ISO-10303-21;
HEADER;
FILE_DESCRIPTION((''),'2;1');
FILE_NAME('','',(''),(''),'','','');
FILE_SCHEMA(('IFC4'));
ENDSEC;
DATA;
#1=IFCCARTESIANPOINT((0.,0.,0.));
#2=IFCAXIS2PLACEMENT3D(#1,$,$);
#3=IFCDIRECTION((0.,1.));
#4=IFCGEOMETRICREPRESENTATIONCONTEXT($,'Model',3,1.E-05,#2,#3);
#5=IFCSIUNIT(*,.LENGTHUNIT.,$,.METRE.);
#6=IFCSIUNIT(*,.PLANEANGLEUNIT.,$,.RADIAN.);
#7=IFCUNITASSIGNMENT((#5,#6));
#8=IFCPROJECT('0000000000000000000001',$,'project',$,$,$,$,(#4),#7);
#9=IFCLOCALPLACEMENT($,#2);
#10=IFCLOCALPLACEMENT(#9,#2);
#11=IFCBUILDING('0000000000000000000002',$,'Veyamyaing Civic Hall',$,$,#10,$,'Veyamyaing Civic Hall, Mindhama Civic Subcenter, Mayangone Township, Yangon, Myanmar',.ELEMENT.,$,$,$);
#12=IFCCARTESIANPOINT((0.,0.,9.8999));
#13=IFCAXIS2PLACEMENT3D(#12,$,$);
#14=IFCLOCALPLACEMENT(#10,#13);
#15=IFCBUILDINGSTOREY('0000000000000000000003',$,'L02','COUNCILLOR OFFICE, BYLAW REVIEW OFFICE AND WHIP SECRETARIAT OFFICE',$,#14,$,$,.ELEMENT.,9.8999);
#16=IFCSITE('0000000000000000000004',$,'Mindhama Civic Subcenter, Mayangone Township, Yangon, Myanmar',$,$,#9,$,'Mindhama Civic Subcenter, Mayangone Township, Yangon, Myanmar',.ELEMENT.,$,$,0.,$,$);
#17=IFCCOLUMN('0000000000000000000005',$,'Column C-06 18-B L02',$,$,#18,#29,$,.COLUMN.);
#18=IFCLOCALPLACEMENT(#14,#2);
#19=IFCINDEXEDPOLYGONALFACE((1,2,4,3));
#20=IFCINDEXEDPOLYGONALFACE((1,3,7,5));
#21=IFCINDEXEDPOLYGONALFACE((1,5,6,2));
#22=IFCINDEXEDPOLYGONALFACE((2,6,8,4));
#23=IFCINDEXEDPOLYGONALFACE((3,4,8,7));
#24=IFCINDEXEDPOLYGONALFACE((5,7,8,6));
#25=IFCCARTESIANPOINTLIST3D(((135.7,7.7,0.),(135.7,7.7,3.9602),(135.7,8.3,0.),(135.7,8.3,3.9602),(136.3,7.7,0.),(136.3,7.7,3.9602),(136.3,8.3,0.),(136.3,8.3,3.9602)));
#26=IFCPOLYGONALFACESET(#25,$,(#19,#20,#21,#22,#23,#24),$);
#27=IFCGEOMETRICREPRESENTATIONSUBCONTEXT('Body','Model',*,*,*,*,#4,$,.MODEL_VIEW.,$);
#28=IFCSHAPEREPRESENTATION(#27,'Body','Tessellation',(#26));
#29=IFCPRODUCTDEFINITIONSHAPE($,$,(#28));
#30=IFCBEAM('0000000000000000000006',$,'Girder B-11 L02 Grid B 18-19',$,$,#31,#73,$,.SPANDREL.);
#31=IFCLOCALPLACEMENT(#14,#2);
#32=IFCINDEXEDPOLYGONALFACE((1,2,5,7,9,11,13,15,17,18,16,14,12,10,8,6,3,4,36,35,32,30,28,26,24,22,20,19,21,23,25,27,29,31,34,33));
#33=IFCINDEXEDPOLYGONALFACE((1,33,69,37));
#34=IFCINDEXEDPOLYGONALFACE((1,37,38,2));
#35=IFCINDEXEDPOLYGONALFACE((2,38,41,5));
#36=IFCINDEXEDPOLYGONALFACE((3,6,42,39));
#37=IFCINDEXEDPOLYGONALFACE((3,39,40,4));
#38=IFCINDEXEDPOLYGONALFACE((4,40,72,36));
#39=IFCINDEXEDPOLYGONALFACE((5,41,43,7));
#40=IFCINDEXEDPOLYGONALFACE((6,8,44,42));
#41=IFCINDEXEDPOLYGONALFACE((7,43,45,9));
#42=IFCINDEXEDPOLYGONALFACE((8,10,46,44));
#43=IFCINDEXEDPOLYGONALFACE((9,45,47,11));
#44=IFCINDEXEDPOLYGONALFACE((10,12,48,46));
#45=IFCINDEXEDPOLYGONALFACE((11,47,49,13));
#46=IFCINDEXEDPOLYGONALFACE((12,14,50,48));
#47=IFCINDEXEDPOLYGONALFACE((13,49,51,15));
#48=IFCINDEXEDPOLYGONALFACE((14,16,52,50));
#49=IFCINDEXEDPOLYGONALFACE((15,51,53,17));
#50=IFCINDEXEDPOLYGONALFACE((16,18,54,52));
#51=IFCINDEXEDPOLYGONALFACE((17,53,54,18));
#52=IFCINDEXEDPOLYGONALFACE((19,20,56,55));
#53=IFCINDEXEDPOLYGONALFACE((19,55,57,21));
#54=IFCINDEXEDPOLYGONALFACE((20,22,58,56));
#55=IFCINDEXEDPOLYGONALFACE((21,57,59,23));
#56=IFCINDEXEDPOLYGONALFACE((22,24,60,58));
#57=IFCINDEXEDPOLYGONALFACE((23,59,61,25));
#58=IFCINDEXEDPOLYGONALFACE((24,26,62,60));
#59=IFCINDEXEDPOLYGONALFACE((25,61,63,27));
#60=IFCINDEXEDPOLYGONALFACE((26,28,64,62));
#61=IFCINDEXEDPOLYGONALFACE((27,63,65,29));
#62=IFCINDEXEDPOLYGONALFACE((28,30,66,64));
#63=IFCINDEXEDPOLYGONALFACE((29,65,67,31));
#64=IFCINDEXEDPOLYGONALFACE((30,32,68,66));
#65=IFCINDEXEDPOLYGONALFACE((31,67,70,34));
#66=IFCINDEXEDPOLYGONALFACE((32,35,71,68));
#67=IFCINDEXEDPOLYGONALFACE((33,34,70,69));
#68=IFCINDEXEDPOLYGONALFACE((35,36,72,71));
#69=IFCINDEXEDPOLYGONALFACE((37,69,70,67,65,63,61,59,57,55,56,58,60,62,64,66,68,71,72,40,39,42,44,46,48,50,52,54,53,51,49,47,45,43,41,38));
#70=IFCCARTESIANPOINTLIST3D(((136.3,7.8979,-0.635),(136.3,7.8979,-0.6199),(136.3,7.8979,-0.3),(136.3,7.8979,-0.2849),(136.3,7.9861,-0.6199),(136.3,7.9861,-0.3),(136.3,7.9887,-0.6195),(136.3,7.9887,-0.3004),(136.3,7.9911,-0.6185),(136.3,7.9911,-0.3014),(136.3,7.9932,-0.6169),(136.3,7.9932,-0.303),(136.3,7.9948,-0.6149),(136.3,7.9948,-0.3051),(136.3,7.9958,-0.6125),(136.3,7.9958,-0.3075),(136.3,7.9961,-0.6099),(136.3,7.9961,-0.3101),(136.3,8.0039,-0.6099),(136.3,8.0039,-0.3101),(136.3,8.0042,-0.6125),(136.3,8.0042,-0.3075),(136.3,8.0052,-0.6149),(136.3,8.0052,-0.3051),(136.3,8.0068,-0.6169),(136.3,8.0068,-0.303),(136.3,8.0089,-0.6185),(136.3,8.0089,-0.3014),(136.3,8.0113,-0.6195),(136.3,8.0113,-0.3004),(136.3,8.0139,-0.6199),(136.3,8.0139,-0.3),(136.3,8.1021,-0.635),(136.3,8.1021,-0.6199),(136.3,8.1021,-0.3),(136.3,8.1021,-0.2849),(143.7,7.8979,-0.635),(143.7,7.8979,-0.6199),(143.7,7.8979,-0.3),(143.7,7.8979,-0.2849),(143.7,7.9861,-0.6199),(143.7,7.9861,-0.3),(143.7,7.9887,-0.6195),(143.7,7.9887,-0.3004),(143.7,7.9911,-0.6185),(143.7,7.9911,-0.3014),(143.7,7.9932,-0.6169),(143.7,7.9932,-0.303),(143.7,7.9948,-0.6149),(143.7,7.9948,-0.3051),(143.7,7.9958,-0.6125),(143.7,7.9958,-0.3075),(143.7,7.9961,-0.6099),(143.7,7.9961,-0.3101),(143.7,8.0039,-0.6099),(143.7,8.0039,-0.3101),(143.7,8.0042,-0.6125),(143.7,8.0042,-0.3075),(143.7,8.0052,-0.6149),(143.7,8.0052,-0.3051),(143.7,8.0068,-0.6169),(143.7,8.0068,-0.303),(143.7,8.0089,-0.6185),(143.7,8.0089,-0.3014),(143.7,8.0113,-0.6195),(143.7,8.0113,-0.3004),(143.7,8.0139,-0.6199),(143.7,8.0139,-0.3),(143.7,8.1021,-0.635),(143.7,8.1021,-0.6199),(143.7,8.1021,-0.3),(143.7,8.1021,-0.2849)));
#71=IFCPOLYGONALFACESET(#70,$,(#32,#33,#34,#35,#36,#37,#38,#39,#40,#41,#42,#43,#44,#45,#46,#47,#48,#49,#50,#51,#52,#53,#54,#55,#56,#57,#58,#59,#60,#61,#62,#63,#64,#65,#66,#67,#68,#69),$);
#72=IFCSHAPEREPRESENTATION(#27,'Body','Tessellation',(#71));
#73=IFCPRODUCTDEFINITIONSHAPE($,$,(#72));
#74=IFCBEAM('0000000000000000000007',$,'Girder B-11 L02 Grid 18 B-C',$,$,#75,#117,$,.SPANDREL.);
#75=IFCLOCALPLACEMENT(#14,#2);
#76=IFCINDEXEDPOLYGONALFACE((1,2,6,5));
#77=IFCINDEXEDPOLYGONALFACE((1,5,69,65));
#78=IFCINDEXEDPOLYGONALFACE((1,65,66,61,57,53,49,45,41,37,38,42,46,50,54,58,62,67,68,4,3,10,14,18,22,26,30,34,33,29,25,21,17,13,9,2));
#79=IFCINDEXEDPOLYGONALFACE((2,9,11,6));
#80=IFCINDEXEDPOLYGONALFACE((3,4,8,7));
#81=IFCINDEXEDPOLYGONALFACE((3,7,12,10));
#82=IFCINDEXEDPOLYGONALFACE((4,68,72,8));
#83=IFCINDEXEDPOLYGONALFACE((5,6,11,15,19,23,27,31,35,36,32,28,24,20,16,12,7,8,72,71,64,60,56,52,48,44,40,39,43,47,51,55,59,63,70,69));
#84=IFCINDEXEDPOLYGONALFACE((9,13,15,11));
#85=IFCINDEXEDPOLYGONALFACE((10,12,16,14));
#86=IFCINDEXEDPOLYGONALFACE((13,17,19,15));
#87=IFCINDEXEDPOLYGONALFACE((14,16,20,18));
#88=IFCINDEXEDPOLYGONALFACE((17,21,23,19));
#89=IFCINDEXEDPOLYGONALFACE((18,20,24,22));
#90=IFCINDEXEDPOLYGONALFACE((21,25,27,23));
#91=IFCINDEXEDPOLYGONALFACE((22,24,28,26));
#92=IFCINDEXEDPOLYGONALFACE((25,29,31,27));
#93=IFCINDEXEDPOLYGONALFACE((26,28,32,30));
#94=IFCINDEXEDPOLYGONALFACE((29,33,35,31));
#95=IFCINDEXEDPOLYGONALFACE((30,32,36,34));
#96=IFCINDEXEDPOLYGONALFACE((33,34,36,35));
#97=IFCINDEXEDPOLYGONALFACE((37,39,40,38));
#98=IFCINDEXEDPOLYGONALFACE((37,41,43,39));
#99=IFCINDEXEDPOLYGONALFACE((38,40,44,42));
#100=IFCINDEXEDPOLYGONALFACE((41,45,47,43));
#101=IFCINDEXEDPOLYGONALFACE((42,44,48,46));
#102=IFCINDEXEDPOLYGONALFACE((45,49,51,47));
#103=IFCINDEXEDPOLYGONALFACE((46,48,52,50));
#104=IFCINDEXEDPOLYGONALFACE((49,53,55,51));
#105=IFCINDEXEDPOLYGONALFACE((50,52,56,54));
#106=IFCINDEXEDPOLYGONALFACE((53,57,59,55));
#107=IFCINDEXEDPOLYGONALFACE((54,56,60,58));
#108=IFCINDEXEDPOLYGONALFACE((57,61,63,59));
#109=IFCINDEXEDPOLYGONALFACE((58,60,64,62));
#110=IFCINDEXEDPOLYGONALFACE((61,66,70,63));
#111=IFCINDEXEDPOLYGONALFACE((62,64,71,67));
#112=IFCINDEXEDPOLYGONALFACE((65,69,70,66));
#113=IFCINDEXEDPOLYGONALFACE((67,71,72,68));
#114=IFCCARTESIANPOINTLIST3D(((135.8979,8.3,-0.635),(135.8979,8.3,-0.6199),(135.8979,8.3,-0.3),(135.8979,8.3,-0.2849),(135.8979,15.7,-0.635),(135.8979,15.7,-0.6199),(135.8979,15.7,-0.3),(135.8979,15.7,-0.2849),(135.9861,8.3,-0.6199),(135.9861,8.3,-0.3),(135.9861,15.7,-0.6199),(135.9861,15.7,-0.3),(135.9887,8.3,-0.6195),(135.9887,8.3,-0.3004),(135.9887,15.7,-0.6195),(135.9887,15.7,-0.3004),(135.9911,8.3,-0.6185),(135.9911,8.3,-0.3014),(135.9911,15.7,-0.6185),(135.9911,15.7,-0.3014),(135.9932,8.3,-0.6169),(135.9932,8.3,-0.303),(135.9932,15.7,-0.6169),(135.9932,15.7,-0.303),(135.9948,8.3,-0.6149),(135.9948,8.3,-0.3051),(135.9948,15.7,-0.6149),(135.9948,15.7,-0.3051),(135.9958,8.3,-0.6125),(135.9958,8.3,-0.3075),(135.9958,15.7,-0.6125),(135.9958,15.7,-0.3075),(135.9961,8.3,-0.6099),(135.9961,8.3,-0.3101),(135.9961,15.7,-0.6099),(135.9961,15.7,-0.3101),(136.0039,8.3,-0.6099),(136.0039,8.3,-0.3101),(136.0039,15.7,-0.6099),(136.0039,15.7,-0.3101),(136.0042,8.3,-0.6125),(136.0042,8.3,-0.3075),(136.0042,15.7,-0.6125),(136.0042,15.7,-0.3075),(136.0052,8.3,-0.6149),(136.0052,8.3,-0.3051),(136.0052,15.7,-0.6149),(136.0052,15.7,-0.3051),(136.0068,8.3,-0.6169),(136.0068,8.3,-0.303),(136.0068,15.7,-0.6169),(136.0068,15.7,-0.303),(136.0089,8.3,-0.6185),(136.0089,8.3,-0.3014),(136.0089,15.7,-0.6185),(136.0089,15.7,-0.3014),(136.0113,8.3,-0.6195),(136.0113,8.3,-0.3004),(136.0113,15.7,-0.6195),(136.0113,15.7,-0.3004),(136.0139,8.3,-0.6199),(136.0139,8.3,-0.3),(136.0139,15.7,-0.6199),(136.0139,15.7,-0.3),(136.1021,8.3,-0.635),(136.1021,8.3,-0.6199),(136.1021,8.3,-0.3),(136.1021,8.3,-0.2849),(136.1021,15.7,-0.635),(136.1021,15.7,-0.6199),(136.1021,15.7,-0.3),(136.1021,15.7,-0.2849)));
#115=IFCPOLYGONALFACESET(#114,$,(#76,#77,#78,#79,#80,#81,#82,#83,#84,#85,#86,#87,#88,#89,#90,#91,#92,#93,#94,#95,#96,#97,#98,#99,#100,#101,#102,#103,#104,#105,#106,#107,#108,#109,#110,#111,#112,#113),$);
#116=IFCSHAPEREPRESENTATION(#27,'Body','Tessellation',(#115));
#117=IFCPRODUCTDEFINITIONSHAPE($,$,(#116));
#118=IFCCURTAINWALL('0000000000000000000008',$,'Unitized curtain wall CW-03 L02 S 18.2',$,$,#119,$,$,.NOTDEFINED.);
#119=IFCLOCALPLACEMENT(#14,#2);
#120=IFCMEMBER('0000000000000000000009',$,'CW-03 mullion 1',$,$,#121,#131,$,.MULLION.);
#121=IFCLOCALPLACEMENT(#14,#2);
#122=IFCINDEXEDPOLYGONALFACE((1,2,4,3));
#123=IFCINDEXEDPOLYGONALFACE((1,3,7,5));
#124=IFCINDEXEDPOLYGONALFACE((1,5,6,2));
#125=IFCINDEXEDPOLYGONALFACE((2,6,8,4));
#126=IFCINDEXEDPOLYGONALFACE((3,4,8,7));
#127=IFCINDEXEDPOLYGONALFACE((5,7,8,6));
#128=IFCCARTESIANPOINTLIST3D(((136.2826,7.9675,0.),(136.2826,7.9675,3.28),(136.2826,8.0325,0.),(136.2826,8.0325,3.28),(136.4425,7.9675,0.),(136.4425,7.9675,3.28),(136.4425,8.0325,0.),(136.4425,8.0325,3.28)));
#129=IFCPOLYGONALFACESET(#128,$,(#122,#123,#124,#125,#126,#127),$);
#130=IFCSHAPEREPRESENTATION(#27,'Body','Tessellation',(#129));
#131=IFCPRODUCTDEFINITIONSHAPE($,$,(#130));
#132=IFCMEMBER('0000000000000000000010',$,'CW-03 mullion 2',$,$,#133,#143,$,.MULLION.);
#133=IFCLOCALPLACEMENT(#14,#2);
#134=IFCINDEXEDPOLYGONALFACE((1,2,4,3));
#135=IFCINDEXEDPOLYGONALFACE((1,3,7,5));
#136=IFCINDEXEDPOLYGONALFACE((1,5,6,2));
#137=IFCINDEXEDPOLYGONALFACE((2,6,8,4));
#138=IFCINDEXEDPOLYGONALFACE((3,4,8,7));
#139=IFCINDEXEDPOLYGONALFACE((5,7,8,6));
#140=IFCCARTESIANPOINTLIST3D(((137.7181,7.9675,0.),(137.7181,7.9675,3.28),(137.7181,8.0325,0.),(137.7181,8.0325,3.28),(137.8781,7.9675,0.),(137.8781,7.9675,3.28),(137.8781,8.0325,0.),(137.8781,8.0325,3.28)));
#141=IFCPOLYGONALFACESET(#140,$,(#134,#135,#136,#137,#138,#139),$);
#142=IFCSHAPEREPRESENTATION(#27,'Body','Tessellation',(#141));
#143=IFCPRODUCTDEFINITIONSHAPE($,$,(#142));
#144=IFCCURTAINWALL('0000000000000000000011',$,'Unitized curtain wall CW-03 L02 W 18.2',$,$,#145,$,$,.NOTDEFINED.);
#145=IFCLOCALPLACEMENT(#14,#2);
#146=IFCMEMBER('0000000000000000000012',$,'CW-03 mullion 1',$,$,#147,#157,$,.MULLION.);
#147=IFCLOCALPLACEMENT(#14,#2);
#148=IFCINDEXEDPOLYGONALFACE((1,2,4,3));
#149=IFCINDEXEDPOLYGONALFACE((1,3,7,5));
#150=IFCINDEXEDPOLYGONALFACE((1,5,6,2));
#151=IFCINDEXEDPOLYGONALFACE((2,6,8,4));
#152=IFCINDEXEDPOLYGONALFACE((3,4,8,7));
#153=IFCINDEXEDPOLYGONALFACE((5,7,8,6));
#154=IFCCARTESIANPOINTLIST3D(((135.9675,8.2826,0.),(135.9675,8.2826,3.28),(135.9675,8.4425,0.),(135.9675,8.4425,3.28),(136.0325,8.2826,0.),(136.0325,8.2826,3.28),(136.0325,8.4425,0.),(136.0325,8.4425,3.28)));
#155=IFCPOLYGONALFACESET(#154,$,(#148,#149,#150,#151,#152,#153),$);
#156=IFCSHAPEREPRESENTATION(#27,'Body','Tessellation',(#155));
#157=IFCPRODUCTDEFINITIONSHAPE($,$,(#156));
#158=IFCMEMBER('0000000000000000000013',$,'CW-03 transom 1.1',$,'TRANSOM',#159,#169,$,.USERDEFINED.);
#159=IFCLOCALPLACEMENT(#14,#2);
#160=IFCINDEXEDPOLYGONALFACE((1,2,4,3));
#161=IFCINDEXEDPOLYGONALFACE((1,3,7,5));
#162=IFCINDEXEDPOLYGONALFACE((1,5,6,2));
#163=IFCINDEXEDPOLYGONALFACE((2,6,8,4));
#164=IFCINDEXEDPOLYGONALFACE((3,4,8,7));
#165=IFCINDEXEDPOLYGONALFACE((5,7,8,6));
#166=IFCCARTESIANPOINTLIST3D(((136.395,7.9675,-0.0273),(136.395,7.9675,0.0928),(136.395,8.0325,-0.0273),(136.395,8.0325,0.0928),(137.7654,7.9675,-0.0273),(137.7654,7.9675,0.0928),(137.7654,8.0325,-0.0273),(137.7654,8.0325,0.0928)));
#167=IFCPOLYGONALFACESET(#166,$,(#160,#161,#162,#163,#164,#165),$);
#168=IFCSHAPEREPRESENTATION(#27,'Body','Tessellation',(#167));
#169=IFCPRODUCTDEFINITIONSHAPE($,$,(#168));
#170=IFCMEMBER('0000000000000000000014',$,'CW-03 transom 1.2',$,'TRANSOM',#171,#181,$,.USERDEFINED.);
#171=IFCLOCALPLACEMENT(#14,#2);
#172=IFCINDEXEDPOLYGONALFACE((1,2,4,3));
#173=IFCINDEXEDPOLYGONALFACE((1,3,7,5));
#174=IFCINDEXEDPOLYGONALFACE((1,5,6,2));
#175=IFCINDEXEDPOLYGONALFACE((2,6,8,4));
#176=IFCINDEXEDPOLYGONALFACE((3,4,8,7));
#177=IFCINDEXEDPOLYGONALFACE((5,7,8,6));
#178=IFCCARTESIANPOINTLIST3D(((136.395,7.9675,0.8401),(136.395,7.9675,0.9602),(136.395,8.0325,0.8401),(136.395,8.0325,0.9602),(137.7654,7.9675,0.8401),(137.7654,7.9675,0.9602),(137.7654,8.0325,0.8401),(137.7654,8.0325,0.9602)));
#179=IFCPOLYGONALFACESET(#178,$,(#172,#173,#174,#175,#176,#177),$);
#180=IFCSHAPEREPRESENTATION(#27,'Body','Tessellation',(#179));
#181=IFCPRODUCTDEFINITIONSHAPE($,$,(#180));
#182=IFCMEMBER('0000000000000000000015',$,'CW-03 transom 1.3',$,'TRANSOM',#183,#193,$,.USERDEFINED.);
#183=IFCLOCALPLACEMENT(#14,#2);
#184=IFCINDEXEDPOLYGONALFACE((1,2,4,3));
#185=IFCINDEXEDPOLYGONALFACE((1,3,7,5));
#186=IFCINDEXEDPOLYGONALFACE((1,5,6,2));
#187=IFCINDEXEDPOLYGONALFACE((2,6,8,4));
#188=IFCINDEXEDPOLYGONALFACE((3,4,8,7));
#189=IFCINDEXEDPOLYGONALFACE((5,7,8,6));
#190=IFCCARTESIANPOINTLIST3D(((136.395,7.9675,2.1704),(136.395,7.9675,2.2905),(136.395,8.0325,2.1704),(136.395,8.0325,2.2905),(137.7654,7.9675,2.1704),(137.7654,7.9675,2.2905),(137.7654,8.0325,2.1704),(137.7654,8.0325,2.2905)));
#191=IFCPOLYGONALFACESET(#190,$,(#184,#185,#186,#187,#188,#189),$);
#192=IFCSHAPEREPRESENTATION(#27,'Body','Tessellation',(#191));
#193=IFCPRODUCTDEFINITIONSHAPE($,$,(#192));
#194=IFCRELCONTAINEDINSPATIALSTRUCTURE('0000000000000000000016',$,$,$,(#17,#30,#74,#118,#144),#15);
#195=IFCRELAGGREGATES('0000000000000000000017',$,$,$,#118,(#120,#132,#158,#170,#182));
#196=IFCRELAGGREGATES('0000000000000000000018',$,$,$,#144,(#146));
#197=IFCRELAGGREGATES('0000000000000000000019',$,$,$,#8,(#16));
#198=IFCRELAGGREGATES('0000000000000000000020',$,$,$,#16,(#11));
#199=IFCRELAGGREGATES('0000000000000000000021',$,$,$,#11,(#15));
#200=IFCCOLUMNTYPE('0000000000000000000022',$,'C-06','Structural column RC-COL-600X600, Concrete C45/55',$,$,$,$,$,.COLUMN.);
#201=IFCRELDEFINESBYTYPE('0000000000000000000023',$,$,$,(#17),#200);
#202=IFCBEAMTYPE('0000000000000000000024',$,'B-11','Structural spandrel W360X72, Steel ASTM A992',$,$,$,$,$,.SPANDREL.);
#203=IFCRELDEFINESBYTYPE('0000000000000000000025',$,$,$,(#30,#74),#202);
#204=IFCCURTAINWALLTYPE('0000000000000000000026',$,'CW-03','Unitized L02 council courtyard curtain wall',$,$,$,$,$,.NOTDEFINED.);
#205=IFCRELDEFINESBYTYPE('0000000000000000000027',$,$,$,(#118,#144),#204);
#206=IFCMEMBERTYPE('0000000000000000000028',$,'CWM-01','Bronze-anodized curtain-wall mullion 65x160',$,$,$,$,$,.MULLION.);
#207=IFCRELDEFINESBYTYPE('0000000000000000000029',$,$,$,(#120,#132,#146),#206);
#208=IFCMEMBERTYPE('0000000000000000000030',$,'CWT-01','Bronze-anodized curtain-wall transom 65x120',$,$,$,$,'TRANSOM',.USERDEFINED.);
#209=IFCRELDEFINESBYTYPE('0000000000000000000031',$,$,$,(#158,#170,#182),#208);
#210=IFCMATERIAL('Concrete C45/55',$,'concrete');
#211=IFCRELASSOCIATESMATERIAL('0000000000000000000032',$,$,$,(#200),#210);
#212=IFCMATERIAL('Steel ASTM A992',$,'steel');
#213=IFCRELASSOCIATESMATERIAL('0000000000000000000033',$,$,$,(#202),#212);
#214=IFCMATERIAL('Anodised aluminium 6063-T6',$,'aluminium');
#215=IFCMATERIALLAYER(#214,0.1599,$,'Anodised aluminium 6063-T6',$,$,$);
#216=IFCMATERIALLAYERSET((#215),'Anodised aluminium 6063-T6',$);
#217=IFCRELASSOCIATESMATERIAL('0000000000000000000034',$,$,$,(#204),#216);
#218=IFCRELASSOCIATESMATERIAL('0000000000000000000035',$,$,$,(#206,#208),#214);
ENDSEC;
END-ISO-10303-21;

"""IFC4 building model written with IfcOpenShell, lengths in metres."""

from ifc_helpers import new_model, si_unit, direction, frame, origin, origin_2d, place, context, subcontext, project, spatial, rectangle, i_section, extrude, material, layer, layer_set, material_profile, profile_set, type_object, element, aggregate, save


model = new_model("IFC4")

# Units and contexts
model_context = context("Model", 3, precision=1e-05, world=origin(), true_north=direction((0.0, 1.0)))
body_context = subcontext(model_context, "Body", "Model", "MODEL_VIEW")
ifc_project = project(units=[si_unit("LENGTHUNIT", "METRE"), si_unit("PLANEANGLEUNIT", "RADIAN")], contexts=[model_context])

# Site, building, storey
site_placement = place(None, origin())
site = spatial("IfcSite", under=ifc_project, at=site_placement, Name="Mindhama Civic Subcenter, Mayangone Township, Yangon, Myanmar", LongName="Mindhama Civic Subcenter, Mayangone Township, Yangon, Myanmar", CompositionType="ELEMENT", RefElevation=0.0)
building_placement = place(site_placement, origin())
building = spatial("IfcBuilding", under=site, at=building_placement, Name="Veyamyaing Civic Hall", LongName="Veyamyaing Civic Hall, Mindhama Civic Subcenter, Mayangone Township, Yangon, Myanmar", CompositionType="ELEMENT")
storey_placement = place(building_placement, frame((0.0, 0.0, 9.8999)))
storey = spatial("IfcBuildingStorey", under=building, at=storey_placement, Name="L02", Description="COUNCILLOR OFFICE, BYLAW REVIEW OFFICE AND WHIP SECRETARIAT OFFICE", CompositionType="ELEMENT", Elevation=9.8999)

# Column
ifc_material_1 = material(Name="Concrete C45/55", Category="concrete")
ifc_material_profile_1 = material_profile(ifc_material_1, rectangle(XDim=0.6001, YDim=0.6001, at=origin_2d()), Name="RC-COL-600X600")
ifc_profile_set_1 = profile_set([ifc_material_profile_1], Name="Concrete C45/55")
column_type = type_object("IfcColumnType", Name="C-06", Description="Structural column RC-COL-600X600, Concrete C45/55", PredefinedType="COLUMN", material=ifc_profile_set_1)
column_placement = place(storey_placement, frame((136.0, 8.0, 0.0), z_axis=(0.0, 0.0, 1.0), x_axis=(1.0, 0.0, 0.0)))
element("IfcColumn", 1, at=column_placement, inside=storey, type_object=column_type, Name="Column C-06 18-B L02", PredefinedType="COLUMN", context=body_context, shape_type="SweptSolid", body=[
    extrude(rectangle(XDim=0.6001, YDim=0.6001, at=origin_2d()), origin(), (0.0, 0.0, 1.0), 3.9602),
])

# Beams
ifc_material_2 = material(Name="Steel ASTM A992", Category="steel")
ifc_material_profile_2 = material_profile(ifc_material_2, i_section(OverallWidth=0.2041, OverallDepth=0.3501, WebThickness=0.0078, FlangeThickness=0.0151, FilletRadius=0.01, at=origin_2d()), Name="W360X72")
ifc_profile_set_2 = profile_set([ifc_material_profile_2], Name="Steel ASTM A992")
beam_type = type_object("IfcBeamType", Name="B-11", Description="Structural spandrel W360X72, Steel ASTM A992", PredefinedType="SPANDREL", material=ifc_profile_set_2)
for number, where, z_axis, x_axis, name in (
    (2, (136.3, 8.0, -0.46), (1.0, 0.0, 0.0), (0.0, 1.0, 0.0), "Girder B-11 L02 Grid B 18-19"),
    (3, (136.0, 8.3, -0.46), (0.0, 1.0, 0.0), (-1.0, 0.0, 0.0), "Girder B-11 L02 Grid 18 B-C"),
):
    element("IfcBeam", number, at=place(storey_placement, frame(where, z_axis=z_axis, x_axis=x_axis)), inside=storey, type_object=beam_type, Name=name, PredefinedType="SPANDREL", context=body_context, shape_type="SweptSolid", body=[
        extrude(i_section(OverallWidth=0.2041, OverallDepth=0.3501, WebThickness=0.0078, FlangeThickness=0.0151, FilletRadius=0.01, at=origin_2d()), origin(), (0.0, 0.0, 1.0), 7.3999),
    ])

# Curtain wall, members
ifc_material_3 = material(Name="Anodised aluminium 6063-T6", Category="aluminium")
ifc_layer_1 = layer(ifc_material_3, 0.1599, Name="Anodised aluminium 6063-T6")
ifc_layer_set_1 = layer_set([ifc_layer_1], Name="Anodised aluminium 6063-T6")
curtain_wall_type = type_object("IfcCurtainWallType", Name="CW-03", Description="Unitized L02 council courtyard curtain wall", PredefinedType="NOTDEFINED", material=ifc_layer_set_1)
curtain_wall_1_placement = place(storey_placement, origin())
curtain_wall_1 = element("IfcCurtainWall", 4, at=curtain_wall_1_placement, inside=storey, type_object=curtain_wall_type, Name="Unitized curtain wall CW-03 L02 S 18.2", PredefinedType="NOTDEFINED")
ifc_material_profile_3 = material_profile(ifc_material_3, rectangle(XDim=0.0649, YDim=0.1599, at=origin_2d()), Name="ALU-MUL-65X160")
ifc_profile_set_3 = profile_set([ifc_material_profile_3], Name="Anodised aluminium 6063-T6")
member_type_1 = type_object("IfcMemberType", Name="CWM-01", Description="Bronze-anodized curtain-wall mullion 65x160", PredefinedType="MULLION", material=ifc_profile_set_3)
member_1_placement = place(storey_placement, frame((136.3625, 8.0, 0.0), z_axis=(0.0, 0.0, 1.0), x_axis=(0.0, 1.0, 0.0)))
member_1 = element("IfcMember", 5, at=member_1_placement, type_object=member_type_1, Name="CW-03 mullion 1", PredefinedType="MULLION", context=body_context, shape_type="SweptSolid", body=[
    extrude(rectangle(XDim=0.0649, YDim=0.1599, at=origin_2d()), origin(), (0.0, 0.0, 1.0), 3.28),
])
member_2_placement = place(storey_placement, frame((137.7981, 8.0, 0.0), z_axis=(0.0, 0.0, 1.0), x_axis=(0.0, 1.0, 0.0)))
member_2 = element("IfcMember", 6, at=member_2_placement, type_object=member_type_1, Name="CW-03 mullion 2", PredefinedType="MULLION", context=body_context, shape_type="SweptSolid", body=[
    extrude(rectangle(XDim=0.0649, YDim=0.1599, at=origin_2d()), origin(), (0.0, 0.0, 1.0), 3.28),
])

# Curtain wall, member
curtain_wall_2_placement = place(storey_placement, origin())
curtain_wall_2 = element("IfcCurtainWall", 7, at=curtain_wall_2_placement, inside=storey, type_object=curtain_wall_type, Name="Unitized curtain wall CW-03 L02 W 18.2", PredefinedType="NOTDEFINED")
member_3_placement = place(storey_placement, frame((136.0, 8.3625, 0.0), z_axis=(0.0, 0.0, 1.0), x_axis=(-1.0, 0.0, 0.0)))
member_3 = element("IfcMember", 8, at=member_3_placement, type_object=member_type_1, Name="CW-03 mullion 1", PredefinedType="MULLION", context=body_context, shape_type="SweptSolid", body=[
    extrude(rectangle(XDim=0.0649, YDim=0.1599, at=origin_2d()), origin(), (0.0, 0.0, 1.0), 3.28),
])

# Members
ifc_material_profile_4 = material_profile(ifc_material_3, rectangle(XDim=0.0649, YDim=0.1201, at=origin_2d()), Name="ALU-TRN-65X120")
ifc_profile_set_4 = profile_set([ifc_material_profile_4], Name="Anodised aluminium 6063-T6")
member_type_2 = type_object("IfcMemberType", Name="CWT-01", Description="Bronze-anodized curtain-wall transom 65x120", ElementType="TRANSOM", PredefinedType="USERDEFINED", material=ifc_profile_set_4)
member_4_placement = place(storey_placement, frame((136.395, 8.0, 0.0327), z_axis=(1.0, 0.0, 0.0), x_axis=(0.0, 1.0, 0.0)))
member_4 = element("IfcMember", 9, at=member_4_placement, type_object=member_type_2, Name="CW-03 transom 1.1", ObjectType="TRANSOM", PredefinedType="USERDEFINED", context=body_context, shape_type="SweptSolid", body=[
    extrude(rectangle(XDim=0.0649, YDim=0.1201, at=origin_2d()), origin(), (0.0, 0.0, 1.0), 1.3704),
])
member_5_placement = place(storey_placement, frame((136.395, 8.0, 0.9001), z_axis=(1.0, 0.0, 0.0), x_axis=(0.0, 1.0, 0.0)))
member_5 = element("IfcMember", 10, at=member_5_placement, type_object=member_type_2, Name="CW-03 transom 1.2", ObjectType="TRANSOM", PredefinedType="USERDEFINED", context=body_context, shape_type="SweptSolid", body=[
    extrude(rectangle(XDim=0.0649, YDim=0.1201, at=origin_2d()), origin(), (0.0, 0.0, 1.0), 1.3704),
])
member_6_placement = place(storey_placement, frame((136.395, 8.0, 2.2305), z_axis=(1.0, 0.0, 0.0), x_axis=(0.0, 1.0, 0.0)))
member_6 = element("IfcMember", 11, at=member_6_placement, type_object=member_type_2, Name="CW-03 transom 1.3", ObjectType="TRANSOM", PredefinedType="USERDEFINED", context=body_context, shape_type="SweptSolid", body=[
    extrude(rectangle(XDim=0.0649, YDim=0.1201, at=origin_2d()), origin(), (0.0, 0.0, 1.0), 1.3704),
])

aggregate(curtain_wall_1, [member_1, member_2, member_4, member_5, member_6])
aggregate(curtain_wall_2, [member_3])

save(model, "model.ifc")
